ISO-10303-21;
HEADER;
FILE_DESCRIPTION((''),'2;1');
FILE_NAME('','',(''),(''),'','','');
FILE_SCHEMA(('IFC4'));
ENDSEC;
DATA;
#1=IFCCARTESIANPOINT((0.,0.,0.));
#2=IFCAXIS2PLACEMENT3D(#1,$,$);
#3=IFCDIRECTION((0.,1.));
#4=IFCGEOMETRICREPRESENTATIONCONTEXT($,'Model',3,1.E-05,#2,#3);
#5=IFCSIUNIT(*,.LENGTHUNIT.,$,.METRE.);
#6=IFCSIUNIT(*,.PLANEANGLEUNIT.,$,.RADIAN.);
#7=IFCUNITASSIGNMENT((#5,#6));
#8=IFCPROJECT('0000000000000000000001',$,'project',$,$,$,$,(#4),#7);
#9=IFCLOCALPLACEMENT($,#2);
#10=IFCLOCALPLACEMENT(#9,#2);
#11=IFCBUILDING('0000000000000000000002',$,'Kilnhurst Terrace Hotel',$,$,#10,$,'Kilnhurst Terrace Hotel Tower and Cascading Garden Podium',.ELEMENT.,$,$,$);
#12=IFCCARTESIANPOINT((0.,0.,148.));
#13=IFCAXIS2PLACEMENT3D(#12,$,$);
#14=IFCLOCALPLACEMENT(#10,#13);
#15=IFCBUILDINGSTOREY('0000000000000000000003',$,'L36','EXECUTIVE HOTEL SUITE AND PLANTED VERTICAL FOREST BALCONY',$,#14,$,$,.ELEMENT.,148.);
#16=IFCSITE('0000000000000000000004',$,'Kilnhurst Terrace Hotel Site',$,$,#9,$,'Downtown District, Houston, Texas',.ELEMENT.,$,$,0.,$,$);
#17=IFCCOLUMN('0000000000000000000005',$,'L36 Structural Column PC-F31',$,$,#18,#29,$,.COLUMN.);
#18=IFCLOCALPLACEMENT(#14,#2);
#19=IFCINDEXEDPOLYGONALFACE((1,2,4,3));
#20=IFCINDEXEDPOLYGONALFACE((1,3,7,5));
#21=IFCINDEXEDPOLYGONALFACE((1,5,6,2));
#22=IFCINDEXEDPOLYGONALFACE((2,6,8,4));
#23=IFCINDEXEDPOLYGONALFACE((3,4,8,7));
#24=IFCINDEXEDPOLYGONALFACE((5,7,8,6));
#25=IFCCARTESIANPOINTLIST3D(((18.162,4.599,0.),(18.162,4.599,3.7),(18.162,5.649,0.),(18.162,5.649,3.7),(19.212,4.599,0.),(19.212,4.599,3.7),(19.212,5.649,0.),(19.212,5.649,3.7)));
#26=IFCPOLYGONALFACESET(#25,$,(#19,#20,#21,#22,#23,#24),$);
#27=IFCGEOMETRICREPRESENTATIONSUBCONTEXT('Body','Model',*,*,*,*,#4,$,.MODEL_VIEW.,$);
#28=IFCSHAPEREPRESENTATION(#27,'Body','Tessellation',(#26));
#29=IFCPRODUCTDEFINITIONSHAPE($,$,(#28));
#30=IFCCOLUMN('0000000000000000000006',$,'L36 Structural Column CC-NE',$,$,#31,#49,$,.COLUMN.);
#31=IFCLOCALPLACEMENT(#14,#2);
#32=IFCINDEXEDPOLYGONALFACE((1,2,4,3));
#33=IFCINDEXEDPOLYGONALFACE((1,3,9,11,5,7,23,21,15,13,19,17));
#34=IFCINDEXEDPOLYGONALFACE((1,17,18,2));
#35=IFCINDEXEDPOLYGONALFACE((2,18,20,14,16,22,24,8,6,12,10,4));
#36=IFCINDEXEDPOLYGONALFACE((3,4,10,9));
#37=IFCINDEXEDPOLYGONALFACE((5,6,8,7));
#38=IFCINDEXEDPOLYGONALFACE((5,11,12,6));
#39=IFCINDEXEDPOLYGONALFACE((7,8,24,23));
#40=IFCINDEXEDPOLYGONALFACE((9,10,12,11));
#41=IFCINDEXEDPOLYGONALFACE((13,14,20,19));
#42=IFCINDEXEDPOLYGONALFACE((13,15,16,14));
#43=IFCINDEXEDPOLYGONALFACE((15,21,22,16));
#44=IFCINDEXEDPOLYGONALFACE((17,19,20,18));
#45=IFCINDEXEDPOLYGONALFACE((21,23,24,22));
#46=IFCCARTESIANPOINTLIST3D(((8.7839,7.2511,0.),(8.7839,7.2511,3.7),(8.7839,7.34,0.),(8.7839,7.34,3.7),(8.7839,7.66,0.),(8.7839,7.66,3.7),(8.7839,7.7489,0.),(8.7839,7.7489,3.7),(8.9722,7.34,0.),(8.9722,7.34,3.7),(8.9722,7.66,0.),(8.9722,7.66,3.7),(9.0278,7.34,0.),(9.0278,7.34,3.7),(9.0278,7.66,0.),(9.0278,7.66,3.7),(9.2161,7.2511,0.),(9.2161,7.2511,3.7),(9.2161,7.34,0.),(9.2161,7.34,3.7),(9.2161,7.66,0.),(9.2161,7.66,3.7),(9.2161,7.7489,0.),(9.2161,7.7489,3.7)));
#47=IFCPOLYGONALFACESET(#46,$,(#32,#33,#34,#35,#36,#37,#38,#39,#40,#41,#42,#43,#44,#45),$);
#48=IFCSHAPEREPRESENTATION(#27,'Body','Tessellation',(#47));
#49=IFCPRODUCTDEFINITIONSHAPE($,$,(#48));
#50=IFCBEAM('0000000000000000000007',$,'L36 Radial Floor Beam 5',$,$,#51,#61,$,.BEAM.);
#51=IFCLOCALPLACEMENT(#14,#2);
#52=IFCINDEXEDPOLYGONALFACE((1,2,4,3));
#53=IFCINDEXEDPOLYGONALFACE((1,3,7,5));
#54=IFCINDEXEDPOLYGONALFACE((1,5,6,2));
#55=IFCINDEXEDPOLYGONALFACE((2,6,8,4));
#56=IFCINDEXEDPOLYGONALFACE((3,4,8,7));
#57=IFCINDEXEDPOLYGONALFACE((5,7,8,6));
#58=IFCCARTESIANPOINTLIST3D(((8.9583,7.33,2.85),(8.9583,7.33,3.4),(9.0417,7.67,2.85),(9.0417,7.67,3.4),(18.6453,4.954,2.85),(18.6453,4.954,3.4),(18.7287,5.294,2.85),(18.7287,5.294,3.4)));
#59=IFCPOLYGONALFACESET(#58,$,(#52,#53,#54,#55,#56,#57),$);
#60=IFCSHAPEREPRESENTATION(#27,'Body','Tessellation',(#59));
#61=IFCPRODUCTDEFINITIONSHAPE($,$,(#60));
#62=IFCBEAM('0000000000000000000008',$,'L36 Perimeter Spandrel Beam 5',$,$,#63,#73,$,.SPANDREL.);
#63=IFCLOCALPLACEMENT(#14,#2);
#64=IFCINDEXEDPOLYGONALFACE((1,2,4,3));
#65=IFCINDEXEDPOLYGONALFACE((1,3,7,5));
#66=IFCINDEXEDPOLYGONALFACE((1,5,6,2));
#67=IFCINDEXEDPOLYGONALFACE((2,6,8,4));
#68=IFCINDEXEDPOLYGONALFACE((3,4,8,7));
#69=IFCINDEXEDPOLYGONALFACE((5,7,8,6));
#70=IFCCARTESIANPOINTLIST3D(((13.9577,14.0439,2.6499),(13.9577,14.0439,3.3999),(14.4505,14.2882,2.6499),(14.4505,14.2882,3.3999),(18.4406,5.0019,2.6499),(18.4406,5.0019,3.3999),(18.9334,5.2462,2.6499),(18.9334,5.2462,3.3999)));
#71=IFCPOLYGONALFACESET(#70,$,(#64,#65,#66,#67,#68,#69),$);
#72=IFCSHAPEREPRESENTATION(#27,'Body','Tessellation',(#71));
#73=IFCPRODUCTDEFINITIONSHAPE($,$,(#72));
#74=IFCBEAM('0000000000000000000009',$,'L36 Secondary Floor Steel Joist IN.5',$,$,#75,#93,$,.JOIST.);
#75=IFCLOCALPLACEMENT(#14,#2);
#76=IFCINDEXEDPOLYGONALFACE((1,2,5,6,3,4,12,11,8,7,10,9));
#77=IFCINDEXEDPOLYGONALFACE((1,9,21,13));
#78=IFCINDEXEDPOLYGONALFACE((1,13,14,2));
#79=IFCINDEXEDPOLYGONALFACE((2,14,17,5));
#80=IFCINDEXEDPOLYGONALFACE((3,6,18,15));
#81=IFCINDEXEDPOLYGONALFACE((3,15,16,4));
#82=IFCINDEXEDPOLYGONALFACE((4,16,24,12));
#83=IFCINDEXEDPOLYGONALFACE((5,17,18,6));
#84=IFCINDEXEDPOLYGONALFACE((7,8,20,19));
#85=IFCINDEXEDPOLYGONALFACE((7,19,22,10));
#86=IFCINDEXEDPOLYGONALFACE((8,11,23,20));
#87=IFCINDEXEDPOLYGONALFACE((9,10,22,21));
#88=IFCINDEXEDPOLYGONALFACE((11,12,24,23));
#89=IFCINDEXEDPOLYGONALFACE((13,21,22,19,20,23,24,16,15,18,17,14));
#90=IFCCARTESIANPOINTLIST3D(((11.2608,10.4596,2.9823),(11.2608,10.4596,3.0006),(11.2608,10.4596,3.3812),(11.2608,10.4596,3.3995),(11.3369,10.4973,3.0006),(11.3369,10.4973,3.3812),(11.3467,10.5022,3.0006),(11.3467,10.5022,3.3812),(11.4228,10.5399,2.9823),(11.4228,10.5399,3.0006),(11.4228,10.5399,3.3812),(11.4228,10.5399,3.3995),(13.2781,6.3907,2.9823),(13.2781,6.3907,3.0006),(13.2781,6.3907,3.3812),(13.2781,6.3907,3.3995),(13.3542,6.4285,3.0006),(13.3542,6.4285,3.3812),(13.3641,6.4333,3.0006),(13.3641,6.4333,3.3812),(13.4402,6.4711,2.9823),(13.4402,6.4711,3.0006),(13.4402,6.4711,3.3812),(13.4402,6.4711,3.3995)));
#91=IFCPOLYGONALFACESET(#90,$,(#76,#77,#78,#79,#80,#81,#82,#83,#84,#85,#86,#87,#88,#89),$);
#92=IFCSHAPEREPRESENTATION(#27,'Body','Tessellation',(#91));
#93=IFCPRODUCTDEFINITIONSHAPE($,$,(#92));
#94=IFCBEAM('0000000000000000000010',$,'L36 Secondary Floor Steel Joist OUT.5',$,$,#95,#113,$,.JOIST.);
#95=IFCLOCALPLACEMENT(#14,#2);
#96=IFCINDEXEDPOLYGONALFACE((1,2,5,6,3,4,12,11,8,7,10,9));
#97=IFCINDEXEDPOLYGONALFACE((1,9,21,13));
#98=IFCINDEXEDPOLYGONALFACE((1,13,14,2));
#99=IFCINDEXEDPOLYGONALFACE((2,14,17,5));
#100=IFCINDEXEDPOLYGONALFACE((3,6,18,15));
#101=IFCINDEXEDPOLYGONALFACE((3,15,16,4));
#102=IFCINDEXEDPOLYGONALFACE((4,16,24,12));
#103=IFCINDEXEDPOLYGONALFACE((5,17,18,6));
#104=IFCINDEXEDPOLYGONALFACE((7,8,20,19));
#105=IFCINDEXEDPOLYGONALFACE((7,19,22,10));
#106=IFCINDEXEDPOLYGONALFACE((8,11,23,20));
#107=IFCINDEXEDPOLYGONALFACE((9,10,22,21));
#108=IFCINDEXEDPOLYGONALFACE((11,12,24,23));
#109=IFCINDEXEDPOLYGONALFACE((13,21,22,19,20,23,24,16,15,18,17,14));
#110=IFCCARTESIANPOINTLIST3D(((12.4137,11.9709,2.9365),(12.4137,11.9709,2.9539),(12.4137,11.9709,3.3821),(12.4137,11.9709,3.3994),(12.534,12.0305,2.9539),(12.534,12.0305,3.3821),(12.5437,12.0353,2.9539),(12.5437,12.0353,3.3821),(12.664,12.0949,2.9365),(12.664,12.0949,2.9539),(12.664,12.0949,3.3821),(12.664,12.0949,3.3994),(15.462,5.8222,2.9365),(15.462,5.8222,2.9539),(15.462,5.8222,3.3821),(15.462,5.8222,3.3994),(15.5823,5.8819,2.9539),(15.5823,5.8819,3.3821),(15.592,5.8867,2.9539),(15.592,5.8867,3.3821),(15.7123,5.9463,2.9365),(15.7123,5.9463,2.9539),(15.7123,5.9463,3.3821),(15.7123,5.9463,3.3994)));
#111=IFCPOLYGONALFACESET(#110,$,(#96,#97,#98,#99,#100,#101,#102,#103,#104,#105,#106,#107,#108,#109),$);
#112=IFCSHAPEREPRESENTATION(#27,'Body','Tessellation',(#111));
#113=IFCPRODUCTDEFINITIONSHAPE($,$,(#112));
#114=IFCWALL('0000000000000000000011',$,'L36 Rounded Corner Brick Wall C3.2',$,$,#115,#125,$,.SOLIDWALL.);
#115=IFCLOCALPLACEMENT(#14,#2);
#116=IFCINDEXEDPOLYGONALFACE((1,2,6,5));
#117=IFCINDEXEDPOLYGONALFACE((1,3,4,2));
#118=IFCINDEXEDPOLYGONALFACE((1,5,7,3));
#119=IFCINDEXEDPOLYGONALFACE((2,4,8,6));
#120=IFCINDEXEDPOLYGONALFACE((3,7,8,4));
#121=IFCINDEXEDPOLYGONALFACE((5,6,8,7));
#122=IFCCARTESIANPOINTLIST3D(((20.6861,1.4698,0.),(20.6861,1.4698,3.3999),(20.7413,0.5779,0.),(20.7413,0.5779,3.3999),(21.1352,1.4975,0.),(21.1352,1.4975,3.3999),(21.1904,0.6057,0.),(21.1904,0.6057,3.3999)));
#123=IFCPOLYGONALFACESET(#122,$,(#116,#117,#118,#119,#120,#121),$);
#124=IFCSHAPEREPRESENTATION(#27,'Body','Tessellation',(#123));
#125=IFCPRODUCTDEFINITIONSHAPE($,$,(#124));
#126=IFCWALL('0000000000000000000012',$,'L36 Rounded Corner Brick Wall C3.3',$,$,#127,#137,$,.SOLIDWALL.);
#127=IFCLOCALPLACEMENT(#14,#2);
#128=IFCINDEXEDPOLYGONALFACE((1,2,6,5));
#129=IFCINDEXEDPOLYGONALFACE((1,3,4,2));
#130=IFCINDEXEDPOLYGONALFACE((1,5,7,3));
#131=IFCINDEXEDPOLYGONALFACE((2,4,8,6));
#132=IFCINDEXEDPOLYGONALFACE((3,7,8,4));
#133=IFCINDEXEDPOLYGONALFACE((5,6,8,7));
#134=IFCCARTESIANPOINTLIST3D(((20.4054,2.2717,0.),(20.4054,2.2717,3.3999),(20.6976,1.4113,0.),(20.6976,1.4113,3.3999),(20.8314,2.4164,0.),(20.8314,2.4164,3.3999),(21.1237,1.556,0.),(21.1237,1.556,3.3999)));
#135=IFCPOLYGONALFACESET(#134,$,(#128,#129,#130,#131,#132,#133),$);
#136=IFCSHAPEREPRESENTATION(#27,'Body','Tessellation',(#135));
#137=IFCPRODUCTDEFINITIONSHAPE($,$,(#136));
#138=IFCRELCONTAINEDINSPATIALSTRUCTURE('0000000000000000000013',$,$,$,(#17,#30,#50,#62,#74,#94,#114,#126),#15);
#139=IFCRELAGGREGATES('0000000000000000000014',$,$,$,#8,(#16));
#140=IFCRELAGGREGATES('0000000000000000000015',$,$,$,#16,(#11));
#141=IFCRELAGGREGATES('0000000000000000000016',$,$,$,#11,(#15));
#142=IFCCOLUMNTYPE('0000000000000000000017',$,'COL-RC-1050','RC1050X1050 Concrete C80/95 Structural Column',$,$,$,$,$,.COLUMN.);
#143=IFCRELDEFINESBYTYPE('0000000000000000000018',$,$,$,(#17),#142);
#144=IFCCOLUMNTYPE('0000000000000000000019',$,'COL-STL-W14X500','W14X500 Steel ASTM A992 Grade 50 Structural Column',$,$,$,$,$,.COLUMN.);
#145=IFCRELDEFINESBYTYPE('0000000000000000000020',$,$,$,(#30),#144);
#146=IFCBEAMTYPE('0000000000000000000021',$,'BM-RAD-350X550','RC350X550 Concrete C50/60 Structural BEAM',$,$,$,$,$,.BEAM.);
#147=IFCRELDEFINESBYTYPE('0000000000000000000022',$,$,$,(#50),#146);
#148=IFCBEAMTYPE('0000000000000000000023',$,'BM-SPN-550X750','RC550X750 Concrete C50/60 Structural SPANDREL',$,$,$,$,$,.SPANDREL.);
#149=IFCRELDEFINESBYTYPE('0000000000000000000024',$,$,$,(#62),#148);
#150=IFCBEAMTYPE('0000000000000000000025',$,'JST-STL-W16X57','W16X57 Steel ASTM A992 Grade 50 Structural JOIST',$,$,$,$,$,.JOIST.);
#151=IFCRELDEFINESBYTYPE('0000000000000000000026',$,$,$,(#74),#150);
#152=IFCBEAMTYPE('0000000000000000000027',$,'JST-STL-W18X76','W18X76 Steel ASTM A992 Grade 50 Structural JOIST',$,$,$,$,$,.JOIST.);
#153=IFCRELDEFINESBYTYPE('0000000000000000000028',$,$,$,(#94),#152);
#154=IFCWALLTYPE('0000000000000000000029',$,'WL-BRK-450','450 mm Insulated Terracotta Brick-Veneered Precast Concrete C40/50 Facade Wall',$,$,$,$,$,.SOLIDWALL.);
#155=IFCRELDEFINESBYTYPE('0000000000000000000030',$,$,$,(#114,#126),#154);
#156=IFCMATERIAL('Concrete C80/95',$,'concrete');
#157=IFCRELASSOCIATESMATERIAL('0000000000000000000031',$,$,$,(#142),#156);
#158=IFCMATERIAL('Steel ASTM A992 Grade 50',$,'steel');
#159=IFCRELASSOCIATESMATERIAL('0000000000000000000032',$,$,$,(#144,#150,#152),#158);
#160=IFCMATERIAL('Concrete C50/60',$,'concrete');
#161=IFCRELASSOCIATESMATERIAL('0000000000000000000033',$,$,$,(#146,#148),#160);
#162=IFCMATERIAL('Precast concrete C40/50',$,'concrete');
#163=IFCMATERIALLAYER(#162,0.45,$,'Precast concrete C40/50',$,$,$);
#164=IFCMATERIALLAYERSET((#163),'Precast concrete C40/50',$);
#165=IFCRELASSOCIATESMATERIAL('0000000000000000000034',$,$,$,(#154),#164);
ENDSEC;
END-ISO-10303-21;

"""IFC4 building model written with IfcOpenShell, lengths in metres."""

from ifc_helpers import new_model, si_unit, direction, frame, frame_2d, origin, origin_2d, place, context, subcontext, project, spatial, rectangle, i_section, extrude, material, layer, layer_set, material_profile, profile_set, type_object, element, save


model = new_model("IFC4")

# Units and contexts
model_context = context("Model", 3, precision=1e-05, world=origin(), true_north=direction((0.0, 1.0)))
body_context = subcontext(model_context, "Body", "Model", "MODEL_VIEW")
ifc_project = project(units=[si_unit("LENGTHUNIT", "METRE"), si_unit("PLANEANGLEUNIT", "RADIAN")], contexts=[model_context])

# Site, building, storey
site_placement = place(None, origin())
site = spatial("IfcSite", under=ifc_project, at=site_placement, Name="Kilnhurst Terrace Hotel Site", LongName="Downtown District, Houston, Texas", CompositionType="ELEMENT", RefElevation=0.0)
building_placement = place(site_placement, origin())
building = spatial("IfcBuilding", under=site, at=building_placement, Name="Kilnhurst Terrace Hotel", LongName="Kilnhurst Terrace Hotel Tower and Cascading Garden Podium", CompositionType="ELEMENT")
storey_placement = place(building_placement, frame((0.0, 0.0, 148.0)))
storey = spatial("IfcBuildingStorey", under=building, at=storey_placement, Name="L36", Description="EXECUTIVE HOTEL SUITE AND PLANTED VERTICAL FOREST BALCONY", CompositionType="ELEMENT", Elevation=148.0)

# Columns
ifc_material_1 = material(Name="Concrete C80/95", Category="concrete")
ifc_material_profile_1 = material_profile(ifc_material_1, rectangle(XDim=1.05, YDim=1.05, at=origin_2d()), Name="RC1050X1050")
ifc_profile_set_1 = profile_set([ifc_material_profile_1], Name="Concrete C80/95")
column_type_1 = type_object("IfcColumnType", Name="COL-RC-1050", Description="RC1050X1050 Concrete C80/95 Structural Column", PredefinedType="COLUMN", material=ifc_profile_set_1)
column_1_placement = place(storey_placement, frame((18.687, 5.124, 0.0), z_axis=(0.0, 0.0, 1.0), x_axis=(1.0, 0.0, 0.0)))
element("IfcColumn", 1, at=column_1_placement, inside=storey, type_object=column_type_1, Name="L36 Structural Column PC-F31", PredefinedType="COLUMN", context=body_context, shape_type="SweptSolid", body=[
    extrude(rectangle(XDim=1.05, YDim=1.05, at=origin_2d()), origin(), (0.0, 0.0, 1.0), 3.7),
])
ifc_material_2 = material(Name="Steel ASTM A992 Grade 50", Category="steel")
ifc_material_profile_2 = material_profile(ifc_material_2, i_section(OverallWidth=0.4321, OverallDepth=0.4978, WebThickness=0.0557, FlangeThickness=0.0889, at=origin_2d()), Name="W14X500")
ifc_profile_set_2 = profile_set([ifc_material_profile_2], Name="Steel ASTM A992 Grade 50")
column_type_2 = type_object("IfcColumnType", Name="COL-STL-W14X500", Description="W14X500 Steel ASTM A992 Grade 50 Structural Column", PredefinedType="COLUMN", material=ifc_profile_set_2)
column_2_placement = place(storey_placement, frame((9.0, 7.5, 0.0), z_axis=(0.0, 0.0, 1.0), x_axis=(1.0, 0.0, 0.0)))
element("IfcColumn", 2, at=column_2_placement, inside=storey, type_object=column_type_2, Name="L36 Structural Column CC-NE", PredefinedType="COLUMN", context=body_context, shape_type="SweptSolid", body=[
    extrude(i_section(OverallWidth=0.4321, OverallDepth=0.4978, WebThickness=0.0557, FlangeThickness=0.0889, at=origin_2d()), origin(), (0.0, 0.0, 1.0), 3.7),
])

# Beams
ifc_material_3 = material(Name="Concrete C50/60", Category="concrete")
ifc_material_profile_3 = material_profile(ifc_material_3, rectangle(XDim=0.3501, YDim=0.55, at=origin_2d()), Name="RC350X550")
ifc_profile_set_3 = profile_set([ifc_material_profile_3], Name="Concrete C50/60")
beam_type_1 = type_object("IfcBeamType", Name="BM-RAD-350X550", Description="RC350X550 Concrete C50/60 Structural BEAM", PredefinedType="BEAM", material=ifc_profile_set_3)
beam_1_placement = place(storey_placement, frame((9.0, 7.5, 3.125), z_axis=(0.971213, -0.238214, 0.0), x_axis=(0.238214, 0.971213, 0.0)))
element("IfcBeam", 3, at=beam_1_placement, inside=storey, type_object=beam_type_1, Name="L36 Radial Floor Beam 5", PredefinedType="BEAM", context=body_context, shape_type="SweptSolid", body=[
    extrude(rectangle(XDim=0.3501, YDim=0.55, at=origin_2d()), origin(), (0.0, 0.0, 1.0), 9.9741),
])
ifc_material_profile_4 = material_profile(ifc_material_3, rectangle(XDim=0.55, YDim=0.75, at=origin_2d()), Name="RC550X750")
ifc_profile_set_4 = profile_set([ifc_material_profile_4], Name="Concrete C50/60")
beam_type_2 = type_object("IfcBeamType", Name="BM-SPN-550X750", Description="RC550X750 Concrete C50/60 Structural SPANDREL", PredefinedType="SPANDREL", material=ifc_profile_set_4)
beam_2_placement = place(storey_placement, frame((18.687, 5.124, 3.0249), z_axis=(-0.444192, 0.895932, 0.0), x_axis=(-0.895932, -0.444192, 0.0)))
element("IfcBeam", 4, at=beam_2_placement, inside=storey, type_object=beam_type_2, Name="L36 Perimeter Spandrel Beam 5", PredefinedType="SPANDREL", context=body_context, shape_type="SweptSolid", body=[
    extrude(rectangle(XDim=0.55, YDim=0.75, at=origin_2d()), origin(), (0.0, 0.0, 1.0), 10.0923),
])
ifc_material_profile_5 = material_profile(ifc_material_2, i_section(OverallWidth=0.1809, OverallDepth=0.4172, WebThickness=0.011, FlangeThickness=0.0183, at=origin_2d()), Name="W16X57")
ifc_profile_set_5 = profile_set([ifc_material_profile_5], Name="Steel ASTM A992 Grade 50")
beam_type_3 = type_object("IfcBeamType", Name="JST-STL-W16X57", Description="W16X57 Steel ASTM A992 Grade 50 Structural JOIST", PredefinedType="JOIST", material=ifc_profile_set_5)
beam_3_placement = place(storey_placement, frame((13.3591, 6.4309, 3.1909), z_axis=(-0.444201, 0.895927, 0.0), x_axis=(-0.895927, -0.444201, 0.0)))
element("IfcBeam", 5, at=beam_3_placement, inside=storey, type_object=beam_type_3, Name="L36 Secondary Floor Steel Joist IN.5", PredefinedType="JOIST", context=body_context, shape_type="SweptSolid", body=[
    extrude(i_section(OverallWidth=0.1809, OverallDepth=0.4172, WebThickness=0.011, FlangeThickness=0.0183, at=origin_2d()), origin(), (0.0, 0.0, 1.0), 4.5415),
])
ifc_material_profile_6 = material_profile(ifc_material_2, i_section(OverallWidth=0.2793, OverallDepth=0.4629, WebThickness=0.0107, FlangeThickness=0.0173, at=origin_2d()), Name="W18X76")
ifc_profile_set_6 = profile_set([ifc_material_profile_6], Name="Steel ASTM A992 Grade 50")
beam_type_4 = type_object("IfcBeamType", Name="JST-STL-W18X76", Description="W18X76 Steel ASTM A992 Grade 50 Structural JOIST", PredefinedType="JOIST", material=ifc_profile_set_6)
beam_4_placement = place(storey_placement, frame((15.5872, 5.8843, 3.168), z_axis=(-0.44418, 0.895938, 0.0), x_axis=(-0.895938, -0.44418, 0.0)))
element("IfcBeam", 6, at=beam_4_placement, inside=storey, type_object=beam_type_4, Name="L36 Secondary Floor Steel Joist OUT.5", PredefinedType="JOIST", context=body_context, shape_type="SweptSolid", body=[
    extrude(i_section(OverallWidth=0.2793, OverallDepth=0.4629, WebThickness=0.0107, FlangeThickness=0.0173, at=origin_2d()), origin(), (0.0, 0.0, 1.0), 6.8628),
])

# Walls
ifc_material_4 = material(Name="Precast concrete C40/50", Category="concrete")
ifc_layer_1 = layer(ifc_material_4, 0.45, Name="Precast concrete C40/50")
ifc_layer_set_1 = layer_set([ifc_layer_1], Name="Precast concrete C40/50")
wall_type_1 = type_object("IfcWallType", Name="WL-BRK-450", Description="450 mm Insulated Terracotta Brick-Veneered Precast Concrete C40/50 Facade Wall", PredefinedType="SOLIDWALL", material=ifc_layer_set_1)
wall_1_placement = place(storey_placement, frame((20.9658, 0.5918, 0.0), z_axis=(0.0, 0.0, 1.0), x_axis=(-0.061749, 0.998092, 0.0)))
element("IfcWall", 7, at=wall_1_placement, inside=storey, type_object=wall_type_1, Name="L36 Rounded Corner Brick Wall C3.2", PredefinedType="SOLIDWALL", context=body_context, shape_type="SweptSolid", body=[
    extrude(rectangle(XDim=0.8936, YDim=0.45, at=frame_2d((0.4468, 0.0))), origin(), (0.0, 0.0, 1.0), 3.3999),
])
wall_2_placement = place(storey_placement, frame((20.9106, 1.4836, 0.0), z_axis=(0.0, 0.0, 1.0), x_axis=(-0.321623, 0.946868, 0.0)))
element("IfcWall", 8, at=wall_2_placement, inside=storey, type_object=wall_type_1, Name="L36 Rounded Corner Brick Wall C3.3", PredefinedType="SOLIDWALL", context=body_context, shape_type="SweptSolid", body=[
    extrude(rectangle(XDim=0.9087, YDim=0.45, at=frame_2d((0.4543, 0.0))), origin(), (0.0, 0.0, 1.0), 3.3999),
])

save(model, "model.ifc")
